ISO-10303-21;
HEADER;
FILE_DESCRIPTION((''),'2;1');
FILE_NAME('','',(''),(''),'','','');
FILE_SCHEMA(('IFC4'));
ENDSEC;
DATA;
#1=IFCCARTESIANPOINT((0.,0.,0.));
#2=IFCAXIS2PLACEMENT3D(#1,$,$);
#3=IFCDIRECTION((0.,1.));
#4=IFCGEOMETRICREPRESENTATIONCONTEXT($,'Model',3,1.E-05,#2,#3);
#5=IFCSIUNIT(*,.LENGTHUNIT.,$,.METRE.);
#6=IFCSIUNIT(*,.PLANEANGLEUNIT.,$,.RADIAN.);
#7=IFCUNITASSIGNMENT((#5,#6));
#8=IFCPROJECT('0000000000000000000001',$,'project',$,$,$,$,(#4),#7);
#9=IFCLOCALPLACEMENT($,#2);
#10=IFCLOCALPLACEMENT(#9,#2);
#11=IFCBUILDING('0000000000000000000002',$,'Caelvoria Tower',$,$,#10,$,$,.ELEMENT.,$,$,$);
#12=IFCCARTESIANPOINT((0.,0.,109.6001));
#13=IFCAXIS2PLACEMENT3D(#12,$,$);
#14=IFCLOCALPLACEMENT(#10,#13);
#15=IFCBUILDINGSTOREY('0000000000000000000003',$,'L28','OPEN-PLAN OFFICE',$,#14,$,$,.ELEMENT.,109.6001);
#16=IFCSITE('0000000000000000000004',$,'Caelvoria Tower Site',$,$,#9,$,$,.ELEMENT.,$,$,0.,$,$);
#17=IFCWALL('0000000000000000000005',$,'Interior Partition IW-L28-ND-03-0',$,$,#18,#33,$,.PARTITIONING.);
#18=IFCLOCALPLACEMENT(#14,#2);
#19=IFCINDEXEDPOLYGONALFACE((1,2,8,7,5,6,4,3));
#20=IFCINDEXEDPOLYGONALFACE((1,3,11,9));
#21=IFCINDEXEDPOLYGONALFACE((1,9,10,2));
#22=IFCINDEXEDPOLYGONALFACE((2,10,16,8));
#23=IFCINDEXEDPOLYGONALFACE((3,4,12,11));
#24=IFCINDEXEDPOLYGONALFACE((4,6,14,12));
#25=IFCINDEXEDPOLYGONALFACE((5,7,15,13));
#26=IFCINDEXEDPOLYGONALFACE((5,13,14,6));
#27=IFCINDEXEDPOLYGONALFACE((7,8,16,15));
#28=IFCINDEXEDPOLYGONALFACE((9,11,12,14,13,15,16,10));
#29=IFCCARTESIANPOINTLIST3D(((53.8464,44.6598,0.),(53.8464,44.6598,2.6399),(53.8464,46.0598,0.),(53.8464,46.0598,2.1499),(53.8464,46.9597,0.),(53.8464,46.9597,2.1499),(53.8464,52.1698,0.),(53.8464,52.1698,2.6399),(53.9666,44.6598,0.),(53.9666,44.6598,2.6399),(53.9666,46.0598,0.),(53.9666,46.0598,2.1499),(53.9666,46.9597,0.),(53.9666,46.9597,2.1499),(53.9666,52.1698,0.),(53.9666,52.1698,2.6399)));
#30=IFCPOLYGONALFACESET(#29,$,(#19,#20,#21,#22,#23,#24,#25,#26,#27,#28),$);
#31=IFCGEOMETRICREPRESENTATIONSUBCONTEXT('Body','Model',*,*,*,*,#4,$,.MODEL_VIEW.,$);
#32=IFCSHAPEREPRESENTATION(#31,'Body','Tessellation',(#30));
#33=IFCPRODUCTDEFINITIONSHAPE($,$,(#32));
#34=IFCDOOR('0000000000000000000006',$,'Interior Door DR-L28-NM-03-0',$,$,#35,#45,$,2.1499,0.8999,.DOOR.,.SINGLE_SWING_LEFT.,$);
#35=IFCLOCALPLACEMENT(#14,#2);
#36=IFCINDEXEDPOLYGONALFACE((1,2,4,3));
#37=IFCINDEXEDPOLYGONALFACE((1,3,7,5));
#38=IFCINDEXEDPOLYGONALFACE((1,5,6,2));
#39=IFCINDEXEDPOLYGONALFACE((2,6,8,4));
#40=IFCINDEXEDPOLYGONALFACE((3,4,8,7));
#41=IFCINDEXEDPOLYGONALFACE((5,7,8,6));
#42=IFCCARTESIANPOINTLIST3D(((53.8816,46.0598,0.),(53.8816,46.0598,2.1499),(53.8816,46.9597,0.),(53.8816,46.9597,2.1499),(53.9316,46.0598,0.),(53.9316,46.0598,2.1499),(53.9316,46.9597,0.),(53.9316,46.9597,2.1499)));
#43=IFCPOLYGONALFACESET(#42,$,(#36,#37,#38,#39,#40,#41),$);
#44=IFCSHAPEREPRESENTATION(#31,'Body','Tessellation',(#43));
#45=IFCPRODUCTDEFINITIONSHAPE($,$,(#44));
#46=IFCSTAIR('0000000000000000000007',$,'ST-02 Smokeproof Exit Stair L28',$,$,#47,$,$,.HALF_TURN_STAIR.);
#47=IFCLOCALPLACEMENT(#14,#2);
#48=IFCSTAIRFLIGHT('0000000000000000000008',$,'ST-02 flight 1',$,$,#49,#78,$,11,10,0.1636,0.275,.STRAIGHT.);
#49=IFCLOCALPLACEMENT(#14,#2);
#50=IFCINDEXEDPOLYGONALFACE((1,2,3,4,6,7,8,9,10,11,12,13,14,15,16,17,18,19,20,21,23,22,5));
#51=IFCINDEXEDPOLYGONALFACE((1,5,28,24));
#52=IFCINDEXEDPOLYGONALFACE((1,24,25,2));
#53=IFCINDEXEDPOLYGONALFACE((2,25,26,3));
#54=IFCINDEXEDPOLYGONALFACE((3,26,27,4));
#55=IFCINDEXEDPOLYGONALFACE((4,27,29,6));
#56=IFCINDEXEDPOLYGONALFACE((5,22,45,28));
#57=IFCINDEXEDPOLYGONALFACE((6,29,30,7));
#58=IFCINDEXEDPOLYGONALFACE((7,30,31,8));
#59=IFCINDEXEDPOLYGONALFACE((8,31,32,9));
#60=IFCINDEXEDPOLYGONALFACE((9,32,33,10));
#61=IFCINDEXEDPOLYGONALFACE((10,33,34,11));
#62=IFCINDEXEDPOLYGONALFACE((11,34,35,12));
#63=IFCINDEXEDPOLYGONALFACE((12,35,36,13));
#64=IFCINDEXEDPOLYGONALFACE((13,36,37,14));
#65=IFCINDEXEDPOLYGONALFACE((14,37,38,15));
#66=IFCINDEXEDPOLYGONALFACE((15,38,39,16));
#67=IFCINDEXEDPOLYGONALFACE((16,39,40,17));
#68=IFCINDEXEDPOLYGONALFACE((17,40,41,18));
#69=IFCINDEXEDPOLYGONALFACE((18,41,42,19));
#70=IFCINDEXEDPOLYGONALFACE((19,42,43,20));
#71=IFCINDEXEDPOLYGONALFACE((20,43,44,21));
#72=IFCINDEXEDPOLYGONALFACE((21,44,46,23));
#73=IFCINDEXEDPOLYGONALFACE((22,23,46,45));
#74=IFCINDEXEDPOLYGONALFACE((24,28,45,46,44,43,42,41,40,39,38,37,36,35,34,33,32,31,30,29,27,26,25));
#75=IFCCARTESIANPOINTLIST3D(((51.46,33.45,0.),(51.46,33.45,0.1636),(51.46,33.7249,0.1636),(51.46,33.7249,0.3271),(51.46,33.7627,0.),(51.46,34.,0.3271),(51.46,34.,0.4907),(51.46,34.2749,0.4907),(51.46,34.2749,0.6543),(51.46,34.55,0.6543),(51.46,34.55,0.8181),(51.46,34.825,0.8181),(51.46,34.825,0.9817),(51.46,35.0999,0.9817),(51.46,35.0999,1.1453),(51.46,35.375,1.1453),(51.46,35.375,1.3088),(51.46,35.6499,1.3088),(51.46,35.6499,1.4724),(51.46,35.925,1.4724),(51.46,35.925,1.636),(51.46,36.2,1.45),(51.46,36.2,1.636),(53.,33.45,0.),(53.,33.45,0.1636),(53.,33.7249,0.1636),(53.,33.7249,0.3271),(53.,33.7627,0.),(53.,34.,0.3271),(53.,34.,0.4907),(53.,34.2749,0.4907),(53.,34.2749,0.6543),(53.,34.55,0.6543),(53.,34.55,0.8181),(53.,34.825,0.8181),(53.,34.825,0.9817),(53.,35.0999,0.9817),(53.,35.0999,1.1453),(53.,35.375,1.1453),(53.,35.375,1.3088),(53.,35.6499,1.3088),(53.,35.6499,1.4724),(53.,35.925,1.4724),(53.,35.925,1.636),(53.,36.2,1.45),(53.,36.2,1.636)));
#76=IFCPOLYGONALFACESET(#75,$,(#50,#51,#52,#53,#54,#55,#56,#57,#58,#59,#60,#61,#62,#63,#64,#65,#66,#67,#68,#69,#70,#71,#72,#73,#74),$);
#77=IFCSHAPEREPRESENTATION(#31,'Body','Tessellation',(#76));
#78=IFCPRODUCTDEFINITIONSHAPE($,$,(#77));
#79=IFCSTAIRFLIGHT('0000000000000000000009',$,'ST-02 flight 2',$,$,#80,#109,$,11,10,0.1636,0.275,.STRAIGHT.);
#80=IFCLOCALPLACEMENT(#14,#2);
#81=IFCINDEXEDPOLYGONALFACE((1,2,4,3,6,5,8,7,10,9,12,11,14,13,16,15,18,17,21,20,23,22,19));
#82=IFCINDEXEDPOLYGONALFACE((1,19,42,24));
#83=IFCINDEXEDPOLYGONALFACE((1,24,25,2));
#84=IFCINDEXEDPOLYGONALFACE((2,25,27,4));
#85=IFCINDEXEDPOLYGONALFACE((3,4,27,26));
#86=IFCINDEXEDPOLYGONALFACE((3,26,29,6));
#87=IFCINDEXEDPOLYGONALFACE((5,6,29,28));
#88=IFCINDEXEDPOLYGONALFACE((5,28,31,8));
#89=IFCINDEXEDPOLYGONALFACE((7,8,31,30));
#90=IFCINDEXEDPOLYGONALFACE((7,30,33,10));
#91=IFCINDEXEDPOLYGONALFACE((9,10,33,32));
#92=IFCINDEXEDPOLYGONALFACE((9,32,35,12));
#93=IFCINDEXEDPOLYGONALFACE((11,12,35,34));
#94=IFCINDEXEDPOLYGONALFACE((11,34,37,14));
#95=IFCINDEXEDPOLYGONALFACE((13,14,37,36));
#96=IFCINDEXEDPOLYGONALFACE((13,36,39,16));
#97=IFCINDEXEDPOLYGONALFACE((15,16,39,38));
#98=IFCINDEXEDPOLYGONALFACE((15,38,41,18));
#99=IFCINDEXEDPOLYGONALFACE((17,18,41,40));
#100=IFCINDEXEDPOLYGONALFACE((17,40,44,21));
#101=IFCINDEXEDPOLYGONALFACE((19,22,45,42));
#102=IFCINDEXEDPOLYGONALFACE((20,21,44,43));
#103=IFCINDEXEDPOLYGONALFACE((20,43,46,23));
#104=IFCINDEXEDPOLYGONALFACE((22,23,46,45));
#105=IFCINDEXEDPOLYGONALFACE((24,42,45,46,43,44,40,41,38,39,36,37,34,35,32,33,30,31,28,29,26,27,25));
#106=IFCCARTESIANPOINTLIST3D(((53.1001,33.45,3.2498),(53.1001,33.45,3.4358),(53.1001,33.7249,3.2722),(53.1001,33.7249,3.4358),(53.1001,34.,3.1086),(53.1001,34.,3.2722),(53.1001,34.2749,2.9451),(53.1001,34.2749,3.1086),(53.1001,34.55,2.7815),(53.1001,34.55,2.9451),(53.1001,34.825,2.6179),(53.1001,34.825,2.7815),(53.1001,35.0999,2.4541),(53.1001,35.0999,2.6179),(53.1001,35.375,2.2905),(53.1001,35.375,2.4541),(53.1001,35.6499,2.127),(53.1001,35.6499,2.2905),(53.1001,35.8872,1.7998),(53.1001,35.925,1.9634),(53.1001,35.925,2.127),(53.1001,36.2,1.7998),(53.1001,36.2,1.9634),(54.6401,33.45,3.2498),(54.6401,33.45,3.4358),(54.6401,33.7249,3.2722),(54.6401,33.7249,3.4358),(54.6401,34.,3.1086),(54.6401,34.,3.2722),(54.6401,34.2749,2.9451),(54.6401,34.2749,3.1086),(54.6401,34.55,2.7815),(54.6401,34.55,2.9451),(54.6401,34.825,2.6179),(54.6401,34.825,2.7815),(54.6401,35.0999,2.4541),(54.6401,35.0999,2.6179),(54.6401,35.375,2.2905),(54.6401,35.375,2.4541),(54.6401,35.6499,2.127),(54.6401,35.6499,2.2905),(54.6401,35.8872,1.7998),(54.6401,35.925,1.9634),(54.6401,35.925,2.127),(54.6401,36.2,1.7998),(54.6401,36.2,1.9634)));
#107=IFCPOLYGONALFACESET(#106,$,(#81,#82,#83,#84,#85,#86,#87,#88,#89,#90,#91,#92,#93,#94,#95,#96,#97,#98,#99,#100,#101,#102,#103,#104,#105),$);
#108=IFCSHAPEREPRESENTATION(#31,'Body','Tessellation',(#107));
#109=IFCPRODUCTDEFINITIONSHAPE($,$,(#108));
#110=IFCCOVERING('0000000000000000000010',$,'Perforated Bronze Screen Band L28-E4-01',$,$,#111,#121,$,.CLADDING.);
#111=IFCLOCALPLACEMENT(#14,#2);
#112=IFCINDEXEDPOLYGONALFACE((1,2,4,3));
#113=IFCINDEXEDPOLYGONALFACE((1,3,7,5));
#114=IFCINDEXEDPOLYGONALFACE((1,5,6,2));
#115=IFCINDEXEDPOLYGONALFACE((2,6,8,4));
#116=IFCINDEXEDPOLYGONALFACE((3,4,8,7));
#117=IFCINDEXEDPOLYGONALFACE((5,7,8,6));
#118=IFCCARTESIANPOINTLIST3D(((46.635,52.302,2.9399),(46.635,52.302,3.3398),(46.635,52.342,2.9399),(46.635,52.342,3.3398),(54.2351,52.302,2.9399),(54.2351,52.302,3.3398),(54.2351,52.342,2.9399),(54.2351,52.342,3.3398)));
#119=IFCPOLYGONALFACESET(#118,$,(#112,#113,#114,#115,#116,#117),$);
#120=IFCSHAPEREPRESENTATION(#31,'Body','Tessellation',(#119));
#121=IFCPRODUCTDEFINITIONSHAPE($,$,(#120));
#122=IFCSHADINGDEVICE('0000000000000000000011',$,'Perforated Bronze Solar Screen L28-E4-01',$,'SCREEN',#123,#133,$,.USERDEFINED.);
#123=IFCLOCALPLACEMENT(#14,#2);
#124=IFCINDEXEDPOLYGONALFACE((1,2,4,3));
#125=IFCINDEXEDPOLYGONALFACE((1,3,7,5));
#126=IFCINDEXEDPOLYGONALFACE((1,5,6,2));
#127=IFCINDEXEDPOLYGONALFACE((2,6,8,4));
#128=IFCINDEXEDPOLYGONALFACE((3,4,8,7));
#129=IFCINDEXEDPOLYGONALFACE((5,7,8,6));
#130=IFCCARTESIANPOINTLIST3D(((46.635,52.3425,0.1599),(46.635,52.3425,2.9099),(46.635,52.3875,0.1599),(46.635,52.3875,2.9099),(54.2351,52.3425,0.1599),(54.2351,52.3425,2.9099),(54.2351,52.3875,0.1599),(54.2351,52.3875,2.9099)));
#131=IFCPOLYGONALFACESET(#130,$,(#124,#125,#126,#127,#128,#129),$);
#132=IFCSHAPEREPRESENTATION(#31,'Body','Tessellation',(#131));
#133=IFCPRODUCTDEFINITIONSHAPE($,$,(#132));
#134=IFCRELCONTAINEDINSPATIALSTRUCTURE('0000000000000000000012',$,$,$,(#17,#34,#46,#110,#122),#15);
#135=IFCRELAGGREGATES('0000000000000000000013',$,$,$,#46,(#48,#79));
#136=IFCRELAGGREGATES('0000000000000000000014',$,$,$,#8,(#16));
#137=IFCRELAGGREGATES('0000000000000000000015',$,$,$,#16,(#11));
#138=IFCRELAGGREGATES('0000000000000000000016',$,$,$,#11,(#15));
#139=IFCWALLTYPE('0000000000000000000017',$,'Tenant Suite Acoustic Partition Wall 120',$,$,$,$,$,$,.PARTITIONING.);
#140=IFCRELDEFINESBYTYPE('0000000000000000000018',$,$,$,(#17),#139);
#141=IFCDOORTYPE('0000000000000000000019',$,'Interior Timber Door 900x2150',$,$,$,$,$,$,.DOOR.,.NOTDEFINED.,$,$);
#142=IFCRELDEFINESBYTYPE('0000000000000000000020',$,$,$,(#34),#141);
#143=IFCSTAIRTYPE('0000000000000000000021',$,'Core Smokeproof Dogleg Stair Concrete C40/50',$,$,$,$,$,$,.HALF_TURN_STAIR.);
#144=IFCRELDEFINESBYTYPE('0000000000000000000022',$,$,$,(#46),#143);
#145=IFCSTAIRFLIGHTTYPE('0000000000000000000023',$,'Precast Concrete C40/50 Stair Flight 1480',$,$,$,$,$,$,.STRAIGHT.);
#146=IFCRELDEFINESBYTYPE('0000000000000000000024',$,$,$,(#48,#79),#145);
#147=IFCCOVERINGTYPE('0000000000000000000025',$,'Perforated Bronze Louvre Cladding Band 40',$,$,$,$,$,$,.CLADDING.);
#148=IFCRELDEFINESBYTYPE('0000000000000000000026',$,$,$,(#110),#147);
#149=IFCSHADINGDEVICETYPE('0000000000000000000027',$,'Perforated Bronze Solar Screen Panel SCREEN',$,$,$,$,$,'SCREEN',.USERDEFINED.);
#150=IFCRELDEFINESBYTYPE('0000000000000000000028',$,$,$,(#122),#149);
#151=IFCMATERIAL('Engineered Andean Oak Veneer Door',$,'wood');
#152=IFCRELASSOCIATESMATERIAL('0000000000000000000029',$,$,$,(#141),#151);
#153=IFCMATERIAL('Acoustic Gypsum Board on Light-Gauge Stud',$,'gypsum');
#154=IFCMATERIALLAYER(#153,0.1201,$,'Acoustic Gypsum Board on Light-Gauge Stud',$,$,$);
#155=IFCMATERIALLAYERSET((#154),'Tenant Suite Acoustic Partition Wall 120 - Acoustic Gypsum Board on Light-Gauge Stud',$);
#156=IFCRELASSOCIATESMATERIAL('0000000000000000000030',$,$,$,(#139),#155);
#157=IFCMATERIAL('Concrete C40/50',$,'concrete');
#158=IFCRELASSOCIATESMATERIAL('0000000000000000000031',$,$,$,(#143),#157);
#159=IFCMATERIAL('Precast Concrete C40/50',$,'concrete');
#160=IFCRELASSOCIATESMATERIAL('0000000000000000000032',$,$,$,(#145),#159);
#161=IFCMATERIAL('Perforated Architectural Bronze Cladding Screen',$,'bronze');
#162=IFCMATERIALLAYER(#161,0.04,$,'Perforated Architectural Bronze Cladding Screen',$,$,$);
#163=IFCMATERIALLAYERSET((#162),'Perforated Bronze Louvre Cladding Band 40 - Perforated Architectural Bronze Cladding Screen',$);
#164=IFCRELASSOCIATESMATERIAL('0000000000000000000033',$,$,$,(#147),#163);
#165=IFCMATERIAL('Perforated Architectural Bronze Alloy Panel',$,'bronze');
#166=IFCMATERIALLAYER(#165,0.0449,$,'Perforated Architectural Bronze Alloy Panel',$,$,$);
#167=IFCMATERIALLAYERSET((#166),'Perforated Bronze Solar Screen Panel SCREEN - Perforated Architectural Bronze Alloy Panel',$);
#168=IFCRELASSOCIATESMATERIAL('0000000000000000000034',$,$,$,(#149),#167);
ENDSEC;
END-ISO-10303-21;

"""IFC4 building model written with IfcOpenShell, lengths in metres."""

from ifc_helpers import new_model, si_unit, direction, frame, frame_2d, origin, origin_2d, place, context, subcontext, project, spatial, polyline, rectangle, outline, extrude, material, layer, layer_set, type_object, element, fill, aggregate, save


model = new_model("IFC4")

# Units and contexts
model_context = context("Model", 3, precision=1e-05, world=origin(), true_north=direction((0.0, 1.0)))
body_context = subcontext(model_context, "Body", "Model", "MODEL_VIEW")
ifc_project = project(units=[si_unit("LENGTHUNIT", "METRE"), si_unit("PLANEANGLEUNIT", "RADIAN")], contexts=[model_context])

# Site, building, storey
site_placement = place(None, origin())
site = spatial("IfcSite", under=ifc_project, at=site_placement, Name="Caelvoria Tower Site", CompositionType="ELEMENT", RefElevation=0.0)
building_placement = place(site_placement, origin())
building = spatial("IfcBuilding", under=site, at=building_placement, Name="Caelvoria Tower", CompositionType="ELEMENT")
storey_placement = place(building_placement, frame((0.0, 0.0, 109.6001)))
storey = spatial("IfcBuildingStorey", under=building, at=storey_placement, Name="L28", Description="OPEN-PLAN OFFICE", CompositionType="ELEMENT", Elevation=109.6001)

# Shared definitions
ifc_material_1 = material(Name="Engineered Andean Oak Veneer Door", Category="wood")

# Shared definitions
door_type_1 = type_object("IfcDoorType", Name="Interior Timber Door 900x2150", OperationType="NOTDEFINED", PredefinedType="DOOR", material=ifc_material_1)

# Wall, opening, door
ifc_material_2 = material(Name="Acoustic Gypsum Board on Light-Gauge Stud", Category="gypsum")
ifc_layer_1 = layer(ifc_material_2, 0.1201, Name="Acoustic Gypsum Board on Light-Gauge Stud")
ifc_layer_set_1 = layer_set([ifc_layer_1], Name="Tenant Suite Acoustic Partition Wall 120 - Acoustic Gypsum Board on Light-Gauge Stud")
wall_type_1 = type_object("IfcWallType", Name="Tenant Suite Acoustic Partition Wall 120", PredefinedType="PARTITIONING", material=ifc_layer_set_1)
wall_1_placement = place(storey_placement, frame((53.9065, 44.6599, 0.0), z_axis=(0.0, 0.0, 1.0), x_axis=(0.0, 1.0, 0.0)))
wall_1 = element("IfcWall", 1, at=wall_1_placement, inside=storey, type_object=wall_type_1, Name="Interior Partition IW-L28-ND-03-0", PredefinedType="PARTITIONING", context=body_context, shape_type="SweptSolid", body=[
    extrude(rectangle(XDim=7.51, YDim=0.1201, at=frame_2d((3.7549, 0.0))), origin(), (0.0, 0.0, 1.0), 2.6399),
])
opening_1_placement = place(wall_1_placement, frame((1.3999, 0.0, 0.0)))
opening_1 = element("IfcOpeningElement", 2, at=opening_1_placement, cuts=wall_1, PredefinedType="OPENING", context=body_context, shape_type="SweptSolid", body=[
    extrude(rectangle(XDim=0.8999, YDim=2.1499, at=frame_2d((0.45, 1.075))), frame((0.0, 0.0701, 0.0), z_axis=(0.0, -1.0, 0.0), x_axis=(1.0, 0.0, 0.0)), (0.0, 0.0, 1.0), 0.1401),
])
door_1_placement = place(opening_1_placement, origin())
door_1 = element("IfcDoor", 3, at=door_1_placement, inside=storey, type_object=door_type_1, Name="Interior Door DR-L28-NM-03-0", OperationType="SINGLE_SWING_LEFT", OverallHeight=2.1499, OverallWidth=0.8999, PredefinedType="DOOR", context=body_context, shape_type="SweptSolid", body=[
    extrude(rectangle(XDim=0.8999, YDim=2.1499, at=frame_2d((0.45, 1.075))), frame((0.0, 0.0249, 0.0), z_axis=(0.0, -1.0, 0.0), x_axis=(1.0, 0.0, 0.0)), (0.0, 0.0, 1.0), 0.05),
])
fill(opening_1, door_1)

# Stair, stair flights
ifc_material_3 = material(Name="Concrete C40/50", Category="concrete")
stair_type = type_object("IfcStairType", Name="Core Smokeproof Dogleg Stair Concrete C40/50", PredefinedType="HALF_TURN_STAIR", material=ifc_material_3)
stair_placement = place(storey_placement, origin())
stair = element("IfcStair", 4, at=stair_placement, inside=storey, type_object=stair_type, Name="ST-02 Smokeproof Exit Stair L28", PredefinedType="HALF_TURN_STAIR")
ifc_material_4 = material(Name="Precast Concrete C40/50", Category="concrete")
stair_flight_type = type_object("IfcStairFlightType", Name="Precast Concrete C40/50 Stair Flight 1480", PredefinedType="STRAIGHT", material=ifc_material_4)
stair_flight_1_placement = place(storey_placement, frame((52.23, 33.45, 0.0), z_axis=(0.0, 0.0, 1.0), x_axis=(0.0, 1.0, 0.0)))
stair_flight_1 = element("IfcStairFlight", 5, at=stair_flight_1_placement, type_object=stair_flight_type, Name="ST-02 flight 1", NumberOfRisers=11, NumberOfTreads=10, PredefinedType="STRAIGHT", RiserHeight=0.1636, TreadLength=0.275, context=body_context, shape_type="SweptSolid", body=[
    extrude(outline(polyline([(0.0, 0.0), (0.0, 0.1636), (0.2749, 0.1636), (0.2749, 0.3271), (0.55, 0.3271), (0.55, 0.4907), (0.825, 0.4907), (0.825, 0.6543), (1.1001, 0.6543), (1.1001, 0.8181), (1.375, 0.8181), (1.375, 0.9817), (1.6499, 0.9817), (1.6499, 1.1453), (1.925, 1.1453), (1.925, 1.3088), (2.2, 1.3088), (2.2, 1.4724), (2.4751, 1.4724), (2.4751, 1.636), (2.75, 1.636), (2.75, 1.7996), (2.75, 1.45), (0.3127, 0.0), (0.0, 0.0)])), frame((0.0, 0.77, 0.0), z_axis=(0.0, -1.0, 0.0), x_axis=(1.0, 0.0, 0.0)), (0.0, 0.0, 1.0), 1.54),
])
stair_flight_2_placement = place(storey_placement, frame((53.8701, 36.2, 1.7998), z_axis=(0.0, 0.0, 1.0), x_axis=(0.0, -1.0, 0.0)))
stair_flight_2 = element("IfcStairFlight", 6, at=stair_flight_2_placement, type_object=stair_flight_type, Name="ST-02 flight 2", NumberOfRisers=11, NumberOfTreads=10, PredefinedType="STRAIGHT", RiserHeight=0.1636, TreadLength=0.275, context=body_context, shape_type="SweptSolid", body=[
    extrude(outline(polyline([(0.0, 0.0), (0.0, 0.1636), (0.2749, 0.1636), (0.2749, 0.3271), (0.55, 0.3271), (0.55, 0.4907), (0.825, 0.4907), (0.825, 0.6543), (1.1001, 0.6543), (1.1001, 0.8181), (1.375, 0.8181), (1.375, 0.9817), (1.6499, 0.9817), (1.6499, 1.1453), (1.925, 1.1453), (1.925, 1.3088), (2.2, 1.3088), (2.2, 1.4724), (2.4751, 1.4724), (2.4751, 1.636), (2.75, 1.636), (2.75, 1.7996), (2.75, 1.45), (0.3127, 0.0), (0.0, 0.0)])), frame((0.0, 0.77, 0.0), z_axis=(0.0, -1.0, 0.0), x_axis=(1.0, 0.0, 0.0)), (0.0, 0.0, 1.0), 1.54),
])
aggregate(stair, [stair_flight_1, stair_flight_2])

# Covering
ifc_material_5 = material(Name="Perforated Architectural Bronze Cladding Screen", Category="bronze")
ifc_layer_2 = layer(ifc_material_5, 0.04, Name="Perforated Architectural Bronze Cladding Screen")
ifc_layer_set_2 = layer_set([ifc_layer_2], Name="Perforated Bronze Louvre Cladding Band 40 - Perforated Architectural Bronze Cladding Screen")
covering_type = type_object("IfcCoveringType", Name="Perforated Bronze Louvre Cladding Band 40", PredefinedType="CLADDING", material=ifc_layer_set_2)
covering_placement = place(storey_placement, frame((50.4351, 52.322, 2.9399), z_axis=(0.0, 0.0, 1.0), x_axis=(-1.0, 0.0, 0.0)))
element("IfcCovering", 7, at=covering_placement, inside=storey, type_object=covering_type, Name="Perforated Bronze Screen Band L28-E4-01", PredefinedType="CLADDING", context=body_context, shape_type="SweptSolid", body=[
    extrude(rectangle(XDim=7.6001, YDim=0.04, at=origin_2d()), origin(), (0.0, 0.0, 1.0), 0.3999),
])

# Shading device
ifc_material_6 = material(Name="Perforated Architectural Bronze Alloy Panel", Category="bronze")
ifc_layer_3 = layer(ifc_material_6, 0.0449, Name="Perforated Architectural Bronze Alloy Panel")
ifc_layer_set_3 = layer_set([ifc_layer_3], Name="Perforated Bronze Solar Screen Panel SCREEN - Perforated Architectural Bronze Alloy Panel")
shading_device_type = type_object("IfcShadingDeviceType", Name="Perforated Bronze Solar Screen Panel SCREEN", ElementType="SCREEN", PredefinedType="USERDEFINED", material=ifc_layer_set_3)
shading_device_placement = place(storey_placement, frame((50.4351, 52.365, 0.1599), z_axis=(0.0, 0.0, 1.0), x_axis=(-1.0, 0.0, 0.0)))
element("IfcShadingDevice", 8, at=shading_device_placement, inside=storey, type_object=shading_device_type, Name="Perforated Bronze Solar Screen L28-E4-01", ObjectType="SCREEN", PredefinedType="USERDEFINED", context=body_context, shape_type="SweptSolid", body=[
    extrude(rectangle(XDim=7.6001, YDim=0.0449, at=origin_2d()), origin(), (0.0, 0.0, 1.0), 2.75),
])

save(model, "model.ifc")
